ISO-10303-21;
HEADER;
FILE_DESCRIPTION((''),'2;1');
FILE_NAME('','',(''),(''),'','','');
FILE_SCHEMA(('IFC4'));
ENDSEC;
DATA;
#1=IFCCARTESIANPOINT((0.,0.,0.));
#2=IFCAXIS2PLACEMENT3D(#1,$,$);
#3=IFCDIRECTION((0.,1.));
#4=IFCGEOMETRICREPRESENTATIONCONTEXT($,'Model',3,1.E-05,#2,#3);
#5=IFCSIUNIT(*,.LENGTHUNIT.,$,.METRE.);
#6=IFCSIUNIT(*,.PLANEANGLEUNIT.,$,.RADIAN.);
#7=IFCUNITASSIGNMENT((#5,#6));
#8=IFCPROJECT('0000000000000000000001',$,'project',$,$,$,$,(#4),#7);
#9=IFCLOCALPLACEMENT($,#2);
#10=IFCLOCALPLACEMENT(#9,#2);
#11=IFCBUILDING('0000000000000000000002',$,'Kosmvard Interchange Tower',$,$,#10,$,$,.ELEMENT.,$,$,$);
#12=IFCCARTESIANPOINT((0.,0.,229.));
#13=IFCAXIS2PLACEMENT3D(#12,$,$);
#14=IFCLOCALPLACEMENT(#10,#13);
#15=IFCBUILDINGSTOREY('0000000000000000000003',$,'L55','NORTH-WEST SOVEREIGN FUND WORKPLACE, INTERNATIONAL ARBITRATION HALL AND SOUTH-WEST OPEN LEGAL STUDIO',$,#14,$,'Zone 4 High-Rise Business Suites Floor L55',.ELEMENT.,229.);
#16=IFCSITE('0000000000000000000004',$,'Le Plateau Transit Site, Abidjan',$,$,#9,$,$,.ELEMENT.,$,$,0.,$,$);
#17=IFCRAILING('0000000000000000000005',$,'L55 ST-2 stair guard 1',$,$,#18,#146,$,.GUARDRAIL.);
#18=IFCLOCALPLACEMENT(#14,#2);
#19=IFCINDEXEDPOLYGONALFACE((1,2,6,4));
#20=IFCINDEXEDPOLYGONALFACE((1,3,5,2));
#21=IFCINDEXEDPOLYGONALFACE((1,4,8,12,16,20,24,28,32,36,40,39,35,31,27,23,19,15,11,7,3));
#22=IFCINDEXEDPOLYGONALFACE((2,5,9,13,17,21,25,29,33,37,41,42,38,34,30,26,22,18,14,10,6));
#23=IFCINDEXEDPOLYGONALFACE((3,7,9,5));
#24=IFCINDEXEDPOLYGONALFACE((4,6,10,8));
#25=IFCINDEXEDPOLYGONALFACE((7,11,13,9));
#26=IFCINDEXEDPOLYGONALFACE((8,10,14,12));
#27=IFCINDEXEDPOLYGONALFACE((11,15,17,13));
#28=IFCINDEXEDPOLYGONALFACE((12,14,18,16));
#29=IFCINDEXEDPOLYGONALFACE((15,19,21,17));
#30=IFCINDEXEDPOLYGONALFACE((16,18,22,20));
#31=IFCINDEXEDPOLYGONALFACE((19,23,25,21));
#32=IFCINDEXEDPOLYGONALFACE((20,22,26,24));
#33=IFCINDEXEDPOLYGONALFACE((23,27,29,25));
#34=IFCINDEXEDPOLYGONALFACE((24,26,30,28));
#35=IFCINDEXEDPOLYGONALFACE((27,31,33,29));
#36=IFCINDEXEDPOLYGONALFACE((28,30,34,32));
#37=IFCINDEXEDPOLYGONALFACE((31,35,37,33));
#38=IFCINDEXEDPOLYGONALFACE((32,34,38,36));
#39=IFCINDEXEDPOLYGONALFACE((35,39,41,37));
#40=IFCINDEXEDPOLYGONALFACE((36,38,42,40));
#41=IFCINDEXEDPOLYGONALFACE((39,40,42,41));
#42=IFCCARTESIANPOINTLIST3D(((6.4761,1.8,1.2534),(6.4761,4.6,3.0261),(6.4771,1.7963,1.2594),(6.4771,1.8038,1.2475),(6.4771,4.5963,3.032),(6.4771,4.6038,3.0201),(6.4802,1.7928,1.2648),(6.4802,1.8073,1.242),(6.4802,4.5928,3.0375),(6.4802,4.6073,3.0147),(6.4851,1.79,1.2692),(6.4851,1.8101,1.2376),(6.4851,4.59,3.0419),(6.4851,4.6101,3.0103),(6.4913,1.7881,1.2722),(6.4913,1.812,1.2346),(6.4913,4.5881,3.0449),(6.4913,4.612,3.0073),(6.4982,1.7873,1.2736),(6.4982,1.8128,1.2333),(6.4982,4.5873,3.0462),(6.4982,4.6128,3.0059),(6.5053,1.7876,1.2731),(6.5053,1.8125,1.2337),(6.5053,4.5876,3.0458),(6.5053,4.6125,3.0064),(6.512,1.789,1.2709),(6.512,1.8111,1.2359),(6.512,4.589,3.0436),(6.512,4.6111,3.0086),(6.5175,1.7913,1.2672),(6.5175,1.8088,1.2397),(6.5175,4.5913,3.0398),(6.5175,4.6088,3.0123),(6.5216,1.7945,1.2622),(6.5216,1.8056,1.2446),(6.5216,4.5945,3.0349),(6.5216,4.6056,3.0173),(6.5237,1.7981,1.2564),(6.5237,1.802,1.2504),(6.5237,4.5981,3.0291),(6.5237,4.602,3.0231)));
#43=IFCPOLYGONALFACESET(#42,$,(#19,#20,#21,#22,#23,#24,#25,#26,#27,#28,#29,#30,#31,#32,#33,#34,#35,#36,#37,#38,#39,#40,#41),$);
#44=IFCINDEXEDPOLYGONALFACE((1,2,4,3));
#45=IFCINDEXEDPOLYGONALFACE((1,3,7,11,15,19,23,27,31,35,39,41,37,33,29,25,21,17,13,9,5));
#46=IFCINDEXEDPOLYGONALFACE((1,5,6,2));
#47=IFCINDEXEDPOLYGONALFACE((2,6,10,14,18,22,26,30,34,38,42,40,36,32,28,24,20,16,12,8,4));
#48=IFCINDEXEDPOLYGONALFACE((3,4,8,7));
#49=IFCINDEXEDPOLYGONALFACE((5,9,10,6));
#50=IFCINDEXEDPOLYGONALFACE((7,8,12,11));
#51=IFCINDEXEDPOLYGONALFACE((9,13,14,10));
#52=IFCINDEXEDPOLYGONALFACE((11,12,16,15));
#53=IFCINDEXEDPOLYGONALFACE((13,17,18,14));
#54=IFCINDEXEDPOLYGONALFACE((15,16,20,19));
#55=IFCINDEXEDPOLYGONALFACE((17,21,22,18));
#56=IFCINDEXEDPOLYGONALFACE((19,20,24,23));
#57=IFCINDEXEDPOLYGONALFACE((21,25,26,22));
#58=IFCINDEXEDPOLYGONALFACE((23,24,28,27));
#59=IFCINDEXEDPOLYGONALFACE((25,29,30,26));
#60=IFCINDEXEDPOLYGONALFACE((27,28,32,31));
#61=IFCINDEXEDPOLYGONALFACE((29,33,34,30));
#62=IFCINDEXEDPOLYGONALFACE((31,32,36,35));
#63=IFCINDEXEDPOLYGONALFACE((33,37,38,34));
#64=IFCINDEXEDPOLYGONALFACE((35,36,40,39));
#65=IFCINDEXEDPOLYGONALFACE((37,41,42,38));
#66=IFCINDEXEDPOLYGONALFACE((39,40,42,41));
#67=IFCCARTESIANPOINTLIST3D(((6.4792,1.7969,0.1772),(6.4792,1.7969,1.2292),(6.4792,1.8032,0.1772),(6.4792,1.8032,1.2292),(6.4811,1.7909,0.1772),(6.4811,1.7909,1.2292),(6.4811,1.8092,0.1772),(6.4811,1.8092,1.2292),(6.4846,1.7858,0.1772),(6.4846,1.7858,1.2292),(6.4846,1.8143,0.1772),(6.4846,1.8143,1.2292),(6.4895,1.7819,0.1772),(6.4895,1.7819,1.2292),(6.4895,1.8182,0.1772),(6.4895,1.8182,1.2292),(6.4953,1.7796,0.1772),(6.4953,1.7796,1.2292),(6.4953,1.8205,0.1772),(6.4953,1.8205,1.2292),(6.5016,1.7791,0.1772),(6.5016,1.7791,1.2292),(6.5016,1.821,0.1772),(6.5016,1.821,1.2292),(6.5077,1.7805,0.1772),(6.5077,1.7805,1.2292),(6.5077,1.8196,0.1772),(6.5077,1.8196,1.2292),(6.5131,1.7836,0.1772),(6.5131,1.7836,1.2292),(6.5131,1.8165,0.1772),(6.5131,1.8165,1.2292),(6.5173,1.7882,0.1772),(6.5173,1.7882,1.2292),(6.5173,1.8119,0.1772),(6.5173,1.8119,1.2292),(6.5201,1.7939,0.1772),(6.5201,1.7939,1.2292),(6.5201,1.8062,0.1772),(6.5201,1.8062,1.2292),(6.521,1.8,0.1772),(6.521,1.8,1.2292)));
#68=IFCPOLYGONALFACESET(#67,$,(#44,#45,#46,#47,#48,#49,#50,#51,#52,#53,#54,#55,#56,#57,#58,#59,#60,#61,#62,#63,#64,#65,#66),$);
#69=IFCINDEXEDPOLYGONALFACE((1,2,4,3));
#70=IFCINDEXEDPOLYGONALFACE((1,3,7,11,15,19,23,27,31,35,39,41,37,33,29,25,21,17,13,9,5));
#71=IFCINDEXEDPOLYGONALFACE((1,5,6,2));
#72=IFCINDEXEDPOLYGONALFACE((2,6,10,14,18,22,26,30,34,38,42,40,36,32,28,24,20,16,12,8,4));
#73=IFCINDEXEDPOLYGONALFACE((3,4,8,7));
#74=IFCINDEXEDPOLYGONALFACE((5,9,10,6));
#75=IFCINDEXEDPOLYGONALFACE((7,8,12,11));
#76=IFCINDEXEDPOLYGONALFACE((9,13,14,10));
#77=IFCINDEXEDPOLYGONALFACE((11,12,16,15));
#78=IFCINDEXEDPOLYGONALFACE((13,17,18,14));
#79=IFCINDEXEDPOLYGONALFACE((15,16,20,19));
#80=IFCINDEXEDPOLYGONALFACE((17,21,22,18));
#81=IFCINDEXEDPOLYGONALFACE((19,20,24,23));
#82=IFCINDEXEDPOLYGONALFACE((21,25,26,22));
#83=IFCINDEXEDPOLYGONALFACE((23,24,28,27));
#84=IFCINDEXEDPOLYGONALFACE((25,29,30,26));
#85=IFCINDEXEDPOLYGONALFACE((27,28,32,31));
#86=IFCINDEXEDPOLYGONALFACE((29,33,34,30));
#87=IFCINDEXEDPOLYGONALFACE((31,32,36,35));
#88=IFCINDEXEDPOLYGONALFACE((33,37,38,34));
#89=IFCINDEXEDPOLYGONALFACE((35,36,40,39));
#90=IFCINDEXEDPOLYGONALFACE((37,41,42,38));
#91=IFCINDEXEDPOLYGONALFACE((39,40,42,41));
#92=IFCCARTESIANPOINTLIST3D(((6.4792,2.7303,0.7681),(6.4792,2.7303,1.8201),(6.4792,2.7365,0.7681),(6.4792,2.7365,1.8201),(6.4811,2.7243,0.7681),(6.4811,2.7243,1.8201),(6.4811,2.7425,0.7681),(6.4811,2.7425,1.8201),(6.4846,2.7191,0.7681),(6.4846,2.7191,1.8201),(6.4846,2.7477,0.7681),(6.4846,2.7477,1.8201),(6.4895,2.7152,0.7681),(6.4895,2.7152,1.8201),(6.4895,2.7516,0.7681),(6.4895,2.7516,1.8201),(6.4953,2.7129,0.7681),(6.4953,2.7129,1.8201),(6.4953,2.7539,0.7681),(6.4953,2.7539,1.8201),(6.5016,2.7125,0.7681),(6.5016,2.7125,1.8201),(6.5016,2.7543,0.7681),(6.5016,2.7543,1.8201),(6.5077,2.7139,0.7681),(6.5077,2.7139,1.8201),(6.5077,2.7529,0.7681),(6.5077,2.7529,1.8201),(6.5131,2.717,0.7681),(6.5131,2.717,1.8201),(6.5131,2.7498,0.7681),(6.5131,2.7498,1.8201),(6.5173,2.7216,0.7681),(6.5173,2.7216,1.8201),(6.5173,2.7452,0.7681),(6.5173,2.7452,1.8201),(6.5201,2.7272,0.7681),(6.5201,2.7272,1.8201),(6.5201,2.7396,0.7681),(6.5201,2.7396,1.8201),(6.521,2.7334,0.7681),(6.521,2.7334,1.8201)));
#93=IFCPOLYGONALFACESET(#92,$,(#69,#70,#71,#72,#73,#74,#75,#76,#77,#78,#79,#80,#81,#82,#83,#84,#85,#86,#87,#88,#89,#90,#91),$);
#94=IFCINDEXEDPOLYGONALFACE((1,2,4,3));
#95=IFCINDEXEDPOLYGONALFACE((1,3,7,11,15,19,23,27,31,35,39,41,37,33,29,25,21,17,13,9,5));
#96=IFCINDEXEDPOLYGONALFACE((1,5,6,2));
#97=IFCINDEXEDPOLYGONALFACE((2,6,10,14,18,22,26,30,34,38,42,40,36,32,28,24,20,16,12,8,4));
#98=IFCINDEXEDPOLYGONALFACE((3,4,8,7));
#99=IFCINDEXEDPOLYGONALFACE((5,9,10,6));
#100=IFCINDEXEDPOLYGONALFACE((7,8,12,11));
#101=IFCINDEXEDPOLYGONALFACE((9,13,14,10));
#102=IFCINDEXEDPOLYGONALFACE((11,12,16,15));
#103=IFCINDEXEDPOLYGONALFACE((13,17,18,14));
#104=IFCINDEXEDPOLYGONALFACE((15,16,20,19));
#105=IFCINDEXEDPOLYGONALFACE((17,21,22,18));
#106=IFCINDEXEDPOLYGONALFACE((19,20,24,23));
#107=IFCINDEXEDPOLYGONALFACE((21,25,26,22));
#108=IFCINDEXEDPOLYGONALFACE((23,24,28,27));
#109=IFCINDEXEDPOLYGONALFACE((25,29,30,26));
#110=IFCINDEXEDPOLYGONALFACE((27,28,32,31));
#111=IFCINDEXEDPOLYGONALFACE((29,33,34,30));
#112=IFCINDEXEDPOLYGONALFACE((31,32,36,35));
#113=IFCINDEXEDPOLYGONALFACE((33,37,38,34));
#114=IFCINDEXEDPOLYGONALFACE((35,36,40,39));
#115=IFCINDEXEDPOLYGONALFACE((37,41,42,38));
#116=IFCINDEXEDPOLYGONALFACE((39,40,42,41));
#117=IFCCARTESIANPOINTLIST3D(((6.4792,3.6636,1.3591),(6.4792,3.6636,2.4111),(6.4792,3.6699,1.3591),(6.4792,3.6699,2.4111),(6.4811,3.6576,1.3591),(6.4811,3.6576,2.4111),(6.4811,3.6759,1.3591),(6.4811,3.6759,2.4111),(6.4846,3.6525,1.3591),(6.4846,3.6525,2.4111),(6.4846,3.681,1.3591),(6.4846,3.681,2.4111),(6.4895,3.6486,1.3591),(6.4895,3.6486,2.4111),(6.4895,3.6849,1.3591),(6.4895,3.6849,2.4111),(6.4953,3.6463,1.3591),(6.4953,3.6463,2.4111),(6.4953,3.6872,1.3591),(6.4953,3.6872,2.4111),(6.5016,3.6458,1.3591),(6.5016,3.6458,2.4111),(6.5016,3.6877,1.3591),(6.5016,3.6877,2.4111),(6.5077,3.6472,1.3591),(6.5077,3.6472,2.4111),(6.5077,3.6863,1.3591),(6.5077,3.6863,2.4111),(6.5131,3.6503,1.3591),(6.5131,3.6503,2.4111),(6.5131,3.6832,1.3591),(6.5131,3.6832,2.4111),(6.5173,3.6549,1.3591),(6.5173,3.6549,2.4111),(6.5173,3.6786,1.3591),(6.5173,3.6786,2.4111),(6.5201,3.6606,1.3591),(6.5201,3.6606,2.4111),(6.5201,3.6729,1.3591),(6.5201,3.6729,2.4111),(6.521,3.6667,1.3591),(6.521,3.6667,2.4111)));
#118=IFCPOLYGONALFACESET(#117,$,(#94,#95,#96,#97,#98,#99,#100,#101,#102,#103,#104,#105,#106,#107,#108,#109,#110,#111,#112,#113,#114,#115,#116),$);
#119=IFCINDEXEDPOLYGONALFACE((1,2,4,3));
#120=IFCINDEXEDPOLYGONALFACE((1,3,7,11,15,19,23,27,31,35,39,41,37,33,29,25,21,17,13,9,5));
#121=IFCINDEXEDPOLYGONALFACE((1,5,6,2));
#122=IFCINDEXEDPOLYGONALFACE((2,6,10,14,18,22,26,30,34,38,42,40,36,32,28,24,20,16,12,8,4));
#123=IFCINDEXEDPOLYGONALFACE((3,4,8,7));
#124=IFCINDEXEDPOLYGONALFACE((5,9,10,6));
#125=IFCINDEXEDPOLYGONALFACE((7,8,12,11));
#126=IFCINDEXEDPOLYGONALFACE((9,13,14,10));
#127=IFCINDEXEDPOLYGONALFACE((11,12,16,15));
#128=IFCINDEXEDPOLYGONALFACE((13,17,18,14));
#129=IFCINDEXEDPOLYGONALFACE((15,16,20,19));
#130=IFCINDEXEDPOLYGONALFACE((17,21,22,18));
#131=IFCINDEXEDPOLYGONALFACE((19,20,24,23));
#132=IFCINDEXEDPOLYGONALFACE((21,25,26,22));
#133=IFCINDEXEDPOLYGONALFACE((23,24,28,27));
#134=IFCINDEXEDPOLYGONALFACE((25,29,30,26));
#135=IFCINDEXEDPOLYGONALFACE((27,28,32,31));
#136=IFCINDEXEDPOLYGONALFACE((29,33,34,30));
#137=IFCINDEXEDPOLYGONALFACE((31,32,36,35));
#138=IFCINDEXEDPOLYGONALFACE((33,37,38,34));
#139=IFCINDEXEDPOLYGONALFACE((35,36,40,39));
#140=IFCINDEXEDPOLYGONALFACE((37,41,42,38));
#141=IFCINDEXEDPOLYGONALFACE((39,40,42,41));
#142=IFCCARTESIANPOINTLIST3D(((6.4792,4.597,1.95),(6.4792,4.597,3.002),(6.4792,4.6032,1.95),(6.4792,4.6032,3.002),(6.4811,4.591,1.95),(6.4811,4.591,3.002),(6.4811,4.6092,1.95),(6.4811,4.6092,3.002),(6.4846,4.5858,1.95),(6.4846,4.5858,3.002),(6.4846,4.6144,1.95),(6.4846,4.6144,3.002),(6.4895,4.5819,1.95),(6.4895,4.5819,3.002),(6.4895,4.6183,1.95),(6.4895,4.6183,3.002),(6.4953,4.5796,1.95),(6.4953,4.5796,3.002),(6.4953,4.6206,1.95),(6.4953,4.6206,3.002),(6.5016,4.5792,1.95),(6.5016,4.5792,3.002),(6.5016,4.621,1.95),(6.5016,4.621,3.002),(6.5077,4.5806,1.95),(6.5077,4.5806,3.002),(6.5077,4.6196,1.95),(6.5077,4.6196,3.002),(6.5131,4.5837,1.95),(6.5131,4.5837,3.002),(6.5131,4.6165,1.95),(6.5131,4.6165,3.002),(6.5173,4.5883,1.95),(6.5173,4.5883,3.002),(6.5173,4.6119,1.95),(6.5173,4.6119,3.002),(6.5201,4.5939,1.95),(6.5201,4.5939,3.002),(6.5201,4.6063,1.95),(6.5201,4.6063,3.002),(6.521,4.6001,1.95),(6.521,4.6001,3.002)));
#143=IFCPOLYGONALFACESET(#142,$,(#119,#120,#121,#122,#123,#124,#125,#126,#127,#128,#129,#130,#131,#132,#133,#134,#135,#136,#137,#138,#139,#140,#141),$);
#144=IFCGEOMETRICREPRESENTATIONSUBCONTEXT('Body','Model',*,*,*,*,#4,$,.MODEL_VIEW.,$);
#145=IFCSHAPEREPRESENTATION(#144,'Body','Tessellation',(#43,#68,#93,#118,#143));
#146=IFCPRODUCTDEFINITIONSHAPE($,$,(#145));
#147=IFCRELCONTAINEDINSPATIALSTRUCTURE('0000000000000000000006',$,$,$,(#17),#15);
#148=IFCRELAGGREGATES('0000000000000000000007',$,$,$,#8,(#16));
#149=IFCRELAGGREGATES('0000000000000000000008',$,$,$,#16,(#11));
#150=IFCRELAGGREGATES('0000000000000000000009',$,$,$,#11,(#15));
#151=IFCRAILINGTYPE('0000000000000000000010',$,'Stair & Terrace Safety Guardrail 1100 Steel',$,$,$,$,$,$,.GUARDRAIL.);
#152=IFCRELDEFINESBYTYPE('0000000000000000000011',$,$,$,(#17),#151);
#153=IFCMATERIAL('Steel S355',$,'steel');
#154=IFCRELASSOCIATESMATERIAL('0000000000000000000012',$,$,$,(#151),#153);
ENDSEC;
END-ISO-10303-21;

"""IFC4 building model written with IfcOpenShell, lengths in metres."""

from ifc_helpers import new_model, si_unit, direction, frame, origin, origin_2d, place, context, subcontext, project, spatial, circle, extrude, source, transform, mapped, material, type_object, element, save


model = new_model("IFC4")

# Units and contexts
model_context = context("Model", 3, precision=1e-05, world=origin(), true_north=direction((0.0, 1.0)))
body_context = subcontext(model_context, "Body", "Model", "MODEL_VIEW")
ifc_project = project(units=[si_unit("LENGTHUNIT", "METRE"), si_unit("PLANEANGLEUNIT", "RADIAN")], contexts=[model_context])

# Site, building, storey
site_placement = place(None, origin())
site = spatial("IfcSite", under=ifc_project, at=site_placement, Name="Le Plateau Transit Site, Abidjan", CompositionType="ELEMENT", RefElevation=0.0)
building_placement = place(site_placement, origin())
building = spatial("IfcBuilding", under=site, at=building_placement, Name="Kosmvard Interchange Tower", CompositionType="ELEMENT")
storey_placement = place(building_placement, frame((0.0, 0.0, 229.0)))
storey = spatial("IfcBuildingStorey", under=building, at=storey_placement, Name="L55", Description="NORTH-WEST SOVEREIGN FUND WORKPLACE, INTERNATIONAL ARBITRATION HALL AND SOUTH-WEST OPEN LEGAL STUDIO", LongName="Zone 4 High-Rise Business Suites Floor L55", CompositionType="ELEMENT", Elevation=229.0)

# Shared definitions
ifc_material_1 = material(Name="Steel S355", Category="steel")

# Railing
railing_type_1 = type_object("IfcRailingType", Name="Stair & Terrace Safety Guardrail 1100 Steel", PredefinedType="GUARDRAIL", material=ifc_material_1)
shared_shape_1 = source(origin(), body_context, "Body", "SweptSolid", [
    extrude(circle(Radius=0.0239, at=origin_2d()), frame((0.0, 0.0, 1.0762), z_axis=(0.0, 0.844909, 0.53491), x_axis=(-1.0, 0.0, 0.0)), (0.0, 0.0, 1.0), 3.314),
    extrude(circle(Radius=0.021, at=origin_2d()), origin(), (0.0, 0.0, 1.0), 1.052),
    extrude(circle(Radius=0.021, at=origin_2d()), frame((0.0, 0.9333, 0.5908)), (0.0, 0.0, 1.0), 1.052),
    extrude(circle(Radius=0.021, at=origin_2d()), frame((0.0, 1.8667, 1.1819)), (0.0, 0.0, 1.0), 1.052),
    extrude(circle(Radius=0.021, at=origin_2d()), frame((0.0, 2.8, 1.7727)), (0.0, 0.0, 1.0), 1.052),
])
railing_1_placement = place(storey_placement, frame((6.5, 1.8, 0.1772)))
element("IfcRailing", 1, at=railing_1_placement, inside=storey, type_object=railing_type_1, Name="L55 ST-2 stair guard 1", PredefinedType="GUARDRAIL", context=body_context, shape_type="MappedRepresentation", body=[
    mapped(shared_shape_1, transform((0.0, 0.0, 0.0), scale=1.0)),
])

save(model, "model.ifc")
